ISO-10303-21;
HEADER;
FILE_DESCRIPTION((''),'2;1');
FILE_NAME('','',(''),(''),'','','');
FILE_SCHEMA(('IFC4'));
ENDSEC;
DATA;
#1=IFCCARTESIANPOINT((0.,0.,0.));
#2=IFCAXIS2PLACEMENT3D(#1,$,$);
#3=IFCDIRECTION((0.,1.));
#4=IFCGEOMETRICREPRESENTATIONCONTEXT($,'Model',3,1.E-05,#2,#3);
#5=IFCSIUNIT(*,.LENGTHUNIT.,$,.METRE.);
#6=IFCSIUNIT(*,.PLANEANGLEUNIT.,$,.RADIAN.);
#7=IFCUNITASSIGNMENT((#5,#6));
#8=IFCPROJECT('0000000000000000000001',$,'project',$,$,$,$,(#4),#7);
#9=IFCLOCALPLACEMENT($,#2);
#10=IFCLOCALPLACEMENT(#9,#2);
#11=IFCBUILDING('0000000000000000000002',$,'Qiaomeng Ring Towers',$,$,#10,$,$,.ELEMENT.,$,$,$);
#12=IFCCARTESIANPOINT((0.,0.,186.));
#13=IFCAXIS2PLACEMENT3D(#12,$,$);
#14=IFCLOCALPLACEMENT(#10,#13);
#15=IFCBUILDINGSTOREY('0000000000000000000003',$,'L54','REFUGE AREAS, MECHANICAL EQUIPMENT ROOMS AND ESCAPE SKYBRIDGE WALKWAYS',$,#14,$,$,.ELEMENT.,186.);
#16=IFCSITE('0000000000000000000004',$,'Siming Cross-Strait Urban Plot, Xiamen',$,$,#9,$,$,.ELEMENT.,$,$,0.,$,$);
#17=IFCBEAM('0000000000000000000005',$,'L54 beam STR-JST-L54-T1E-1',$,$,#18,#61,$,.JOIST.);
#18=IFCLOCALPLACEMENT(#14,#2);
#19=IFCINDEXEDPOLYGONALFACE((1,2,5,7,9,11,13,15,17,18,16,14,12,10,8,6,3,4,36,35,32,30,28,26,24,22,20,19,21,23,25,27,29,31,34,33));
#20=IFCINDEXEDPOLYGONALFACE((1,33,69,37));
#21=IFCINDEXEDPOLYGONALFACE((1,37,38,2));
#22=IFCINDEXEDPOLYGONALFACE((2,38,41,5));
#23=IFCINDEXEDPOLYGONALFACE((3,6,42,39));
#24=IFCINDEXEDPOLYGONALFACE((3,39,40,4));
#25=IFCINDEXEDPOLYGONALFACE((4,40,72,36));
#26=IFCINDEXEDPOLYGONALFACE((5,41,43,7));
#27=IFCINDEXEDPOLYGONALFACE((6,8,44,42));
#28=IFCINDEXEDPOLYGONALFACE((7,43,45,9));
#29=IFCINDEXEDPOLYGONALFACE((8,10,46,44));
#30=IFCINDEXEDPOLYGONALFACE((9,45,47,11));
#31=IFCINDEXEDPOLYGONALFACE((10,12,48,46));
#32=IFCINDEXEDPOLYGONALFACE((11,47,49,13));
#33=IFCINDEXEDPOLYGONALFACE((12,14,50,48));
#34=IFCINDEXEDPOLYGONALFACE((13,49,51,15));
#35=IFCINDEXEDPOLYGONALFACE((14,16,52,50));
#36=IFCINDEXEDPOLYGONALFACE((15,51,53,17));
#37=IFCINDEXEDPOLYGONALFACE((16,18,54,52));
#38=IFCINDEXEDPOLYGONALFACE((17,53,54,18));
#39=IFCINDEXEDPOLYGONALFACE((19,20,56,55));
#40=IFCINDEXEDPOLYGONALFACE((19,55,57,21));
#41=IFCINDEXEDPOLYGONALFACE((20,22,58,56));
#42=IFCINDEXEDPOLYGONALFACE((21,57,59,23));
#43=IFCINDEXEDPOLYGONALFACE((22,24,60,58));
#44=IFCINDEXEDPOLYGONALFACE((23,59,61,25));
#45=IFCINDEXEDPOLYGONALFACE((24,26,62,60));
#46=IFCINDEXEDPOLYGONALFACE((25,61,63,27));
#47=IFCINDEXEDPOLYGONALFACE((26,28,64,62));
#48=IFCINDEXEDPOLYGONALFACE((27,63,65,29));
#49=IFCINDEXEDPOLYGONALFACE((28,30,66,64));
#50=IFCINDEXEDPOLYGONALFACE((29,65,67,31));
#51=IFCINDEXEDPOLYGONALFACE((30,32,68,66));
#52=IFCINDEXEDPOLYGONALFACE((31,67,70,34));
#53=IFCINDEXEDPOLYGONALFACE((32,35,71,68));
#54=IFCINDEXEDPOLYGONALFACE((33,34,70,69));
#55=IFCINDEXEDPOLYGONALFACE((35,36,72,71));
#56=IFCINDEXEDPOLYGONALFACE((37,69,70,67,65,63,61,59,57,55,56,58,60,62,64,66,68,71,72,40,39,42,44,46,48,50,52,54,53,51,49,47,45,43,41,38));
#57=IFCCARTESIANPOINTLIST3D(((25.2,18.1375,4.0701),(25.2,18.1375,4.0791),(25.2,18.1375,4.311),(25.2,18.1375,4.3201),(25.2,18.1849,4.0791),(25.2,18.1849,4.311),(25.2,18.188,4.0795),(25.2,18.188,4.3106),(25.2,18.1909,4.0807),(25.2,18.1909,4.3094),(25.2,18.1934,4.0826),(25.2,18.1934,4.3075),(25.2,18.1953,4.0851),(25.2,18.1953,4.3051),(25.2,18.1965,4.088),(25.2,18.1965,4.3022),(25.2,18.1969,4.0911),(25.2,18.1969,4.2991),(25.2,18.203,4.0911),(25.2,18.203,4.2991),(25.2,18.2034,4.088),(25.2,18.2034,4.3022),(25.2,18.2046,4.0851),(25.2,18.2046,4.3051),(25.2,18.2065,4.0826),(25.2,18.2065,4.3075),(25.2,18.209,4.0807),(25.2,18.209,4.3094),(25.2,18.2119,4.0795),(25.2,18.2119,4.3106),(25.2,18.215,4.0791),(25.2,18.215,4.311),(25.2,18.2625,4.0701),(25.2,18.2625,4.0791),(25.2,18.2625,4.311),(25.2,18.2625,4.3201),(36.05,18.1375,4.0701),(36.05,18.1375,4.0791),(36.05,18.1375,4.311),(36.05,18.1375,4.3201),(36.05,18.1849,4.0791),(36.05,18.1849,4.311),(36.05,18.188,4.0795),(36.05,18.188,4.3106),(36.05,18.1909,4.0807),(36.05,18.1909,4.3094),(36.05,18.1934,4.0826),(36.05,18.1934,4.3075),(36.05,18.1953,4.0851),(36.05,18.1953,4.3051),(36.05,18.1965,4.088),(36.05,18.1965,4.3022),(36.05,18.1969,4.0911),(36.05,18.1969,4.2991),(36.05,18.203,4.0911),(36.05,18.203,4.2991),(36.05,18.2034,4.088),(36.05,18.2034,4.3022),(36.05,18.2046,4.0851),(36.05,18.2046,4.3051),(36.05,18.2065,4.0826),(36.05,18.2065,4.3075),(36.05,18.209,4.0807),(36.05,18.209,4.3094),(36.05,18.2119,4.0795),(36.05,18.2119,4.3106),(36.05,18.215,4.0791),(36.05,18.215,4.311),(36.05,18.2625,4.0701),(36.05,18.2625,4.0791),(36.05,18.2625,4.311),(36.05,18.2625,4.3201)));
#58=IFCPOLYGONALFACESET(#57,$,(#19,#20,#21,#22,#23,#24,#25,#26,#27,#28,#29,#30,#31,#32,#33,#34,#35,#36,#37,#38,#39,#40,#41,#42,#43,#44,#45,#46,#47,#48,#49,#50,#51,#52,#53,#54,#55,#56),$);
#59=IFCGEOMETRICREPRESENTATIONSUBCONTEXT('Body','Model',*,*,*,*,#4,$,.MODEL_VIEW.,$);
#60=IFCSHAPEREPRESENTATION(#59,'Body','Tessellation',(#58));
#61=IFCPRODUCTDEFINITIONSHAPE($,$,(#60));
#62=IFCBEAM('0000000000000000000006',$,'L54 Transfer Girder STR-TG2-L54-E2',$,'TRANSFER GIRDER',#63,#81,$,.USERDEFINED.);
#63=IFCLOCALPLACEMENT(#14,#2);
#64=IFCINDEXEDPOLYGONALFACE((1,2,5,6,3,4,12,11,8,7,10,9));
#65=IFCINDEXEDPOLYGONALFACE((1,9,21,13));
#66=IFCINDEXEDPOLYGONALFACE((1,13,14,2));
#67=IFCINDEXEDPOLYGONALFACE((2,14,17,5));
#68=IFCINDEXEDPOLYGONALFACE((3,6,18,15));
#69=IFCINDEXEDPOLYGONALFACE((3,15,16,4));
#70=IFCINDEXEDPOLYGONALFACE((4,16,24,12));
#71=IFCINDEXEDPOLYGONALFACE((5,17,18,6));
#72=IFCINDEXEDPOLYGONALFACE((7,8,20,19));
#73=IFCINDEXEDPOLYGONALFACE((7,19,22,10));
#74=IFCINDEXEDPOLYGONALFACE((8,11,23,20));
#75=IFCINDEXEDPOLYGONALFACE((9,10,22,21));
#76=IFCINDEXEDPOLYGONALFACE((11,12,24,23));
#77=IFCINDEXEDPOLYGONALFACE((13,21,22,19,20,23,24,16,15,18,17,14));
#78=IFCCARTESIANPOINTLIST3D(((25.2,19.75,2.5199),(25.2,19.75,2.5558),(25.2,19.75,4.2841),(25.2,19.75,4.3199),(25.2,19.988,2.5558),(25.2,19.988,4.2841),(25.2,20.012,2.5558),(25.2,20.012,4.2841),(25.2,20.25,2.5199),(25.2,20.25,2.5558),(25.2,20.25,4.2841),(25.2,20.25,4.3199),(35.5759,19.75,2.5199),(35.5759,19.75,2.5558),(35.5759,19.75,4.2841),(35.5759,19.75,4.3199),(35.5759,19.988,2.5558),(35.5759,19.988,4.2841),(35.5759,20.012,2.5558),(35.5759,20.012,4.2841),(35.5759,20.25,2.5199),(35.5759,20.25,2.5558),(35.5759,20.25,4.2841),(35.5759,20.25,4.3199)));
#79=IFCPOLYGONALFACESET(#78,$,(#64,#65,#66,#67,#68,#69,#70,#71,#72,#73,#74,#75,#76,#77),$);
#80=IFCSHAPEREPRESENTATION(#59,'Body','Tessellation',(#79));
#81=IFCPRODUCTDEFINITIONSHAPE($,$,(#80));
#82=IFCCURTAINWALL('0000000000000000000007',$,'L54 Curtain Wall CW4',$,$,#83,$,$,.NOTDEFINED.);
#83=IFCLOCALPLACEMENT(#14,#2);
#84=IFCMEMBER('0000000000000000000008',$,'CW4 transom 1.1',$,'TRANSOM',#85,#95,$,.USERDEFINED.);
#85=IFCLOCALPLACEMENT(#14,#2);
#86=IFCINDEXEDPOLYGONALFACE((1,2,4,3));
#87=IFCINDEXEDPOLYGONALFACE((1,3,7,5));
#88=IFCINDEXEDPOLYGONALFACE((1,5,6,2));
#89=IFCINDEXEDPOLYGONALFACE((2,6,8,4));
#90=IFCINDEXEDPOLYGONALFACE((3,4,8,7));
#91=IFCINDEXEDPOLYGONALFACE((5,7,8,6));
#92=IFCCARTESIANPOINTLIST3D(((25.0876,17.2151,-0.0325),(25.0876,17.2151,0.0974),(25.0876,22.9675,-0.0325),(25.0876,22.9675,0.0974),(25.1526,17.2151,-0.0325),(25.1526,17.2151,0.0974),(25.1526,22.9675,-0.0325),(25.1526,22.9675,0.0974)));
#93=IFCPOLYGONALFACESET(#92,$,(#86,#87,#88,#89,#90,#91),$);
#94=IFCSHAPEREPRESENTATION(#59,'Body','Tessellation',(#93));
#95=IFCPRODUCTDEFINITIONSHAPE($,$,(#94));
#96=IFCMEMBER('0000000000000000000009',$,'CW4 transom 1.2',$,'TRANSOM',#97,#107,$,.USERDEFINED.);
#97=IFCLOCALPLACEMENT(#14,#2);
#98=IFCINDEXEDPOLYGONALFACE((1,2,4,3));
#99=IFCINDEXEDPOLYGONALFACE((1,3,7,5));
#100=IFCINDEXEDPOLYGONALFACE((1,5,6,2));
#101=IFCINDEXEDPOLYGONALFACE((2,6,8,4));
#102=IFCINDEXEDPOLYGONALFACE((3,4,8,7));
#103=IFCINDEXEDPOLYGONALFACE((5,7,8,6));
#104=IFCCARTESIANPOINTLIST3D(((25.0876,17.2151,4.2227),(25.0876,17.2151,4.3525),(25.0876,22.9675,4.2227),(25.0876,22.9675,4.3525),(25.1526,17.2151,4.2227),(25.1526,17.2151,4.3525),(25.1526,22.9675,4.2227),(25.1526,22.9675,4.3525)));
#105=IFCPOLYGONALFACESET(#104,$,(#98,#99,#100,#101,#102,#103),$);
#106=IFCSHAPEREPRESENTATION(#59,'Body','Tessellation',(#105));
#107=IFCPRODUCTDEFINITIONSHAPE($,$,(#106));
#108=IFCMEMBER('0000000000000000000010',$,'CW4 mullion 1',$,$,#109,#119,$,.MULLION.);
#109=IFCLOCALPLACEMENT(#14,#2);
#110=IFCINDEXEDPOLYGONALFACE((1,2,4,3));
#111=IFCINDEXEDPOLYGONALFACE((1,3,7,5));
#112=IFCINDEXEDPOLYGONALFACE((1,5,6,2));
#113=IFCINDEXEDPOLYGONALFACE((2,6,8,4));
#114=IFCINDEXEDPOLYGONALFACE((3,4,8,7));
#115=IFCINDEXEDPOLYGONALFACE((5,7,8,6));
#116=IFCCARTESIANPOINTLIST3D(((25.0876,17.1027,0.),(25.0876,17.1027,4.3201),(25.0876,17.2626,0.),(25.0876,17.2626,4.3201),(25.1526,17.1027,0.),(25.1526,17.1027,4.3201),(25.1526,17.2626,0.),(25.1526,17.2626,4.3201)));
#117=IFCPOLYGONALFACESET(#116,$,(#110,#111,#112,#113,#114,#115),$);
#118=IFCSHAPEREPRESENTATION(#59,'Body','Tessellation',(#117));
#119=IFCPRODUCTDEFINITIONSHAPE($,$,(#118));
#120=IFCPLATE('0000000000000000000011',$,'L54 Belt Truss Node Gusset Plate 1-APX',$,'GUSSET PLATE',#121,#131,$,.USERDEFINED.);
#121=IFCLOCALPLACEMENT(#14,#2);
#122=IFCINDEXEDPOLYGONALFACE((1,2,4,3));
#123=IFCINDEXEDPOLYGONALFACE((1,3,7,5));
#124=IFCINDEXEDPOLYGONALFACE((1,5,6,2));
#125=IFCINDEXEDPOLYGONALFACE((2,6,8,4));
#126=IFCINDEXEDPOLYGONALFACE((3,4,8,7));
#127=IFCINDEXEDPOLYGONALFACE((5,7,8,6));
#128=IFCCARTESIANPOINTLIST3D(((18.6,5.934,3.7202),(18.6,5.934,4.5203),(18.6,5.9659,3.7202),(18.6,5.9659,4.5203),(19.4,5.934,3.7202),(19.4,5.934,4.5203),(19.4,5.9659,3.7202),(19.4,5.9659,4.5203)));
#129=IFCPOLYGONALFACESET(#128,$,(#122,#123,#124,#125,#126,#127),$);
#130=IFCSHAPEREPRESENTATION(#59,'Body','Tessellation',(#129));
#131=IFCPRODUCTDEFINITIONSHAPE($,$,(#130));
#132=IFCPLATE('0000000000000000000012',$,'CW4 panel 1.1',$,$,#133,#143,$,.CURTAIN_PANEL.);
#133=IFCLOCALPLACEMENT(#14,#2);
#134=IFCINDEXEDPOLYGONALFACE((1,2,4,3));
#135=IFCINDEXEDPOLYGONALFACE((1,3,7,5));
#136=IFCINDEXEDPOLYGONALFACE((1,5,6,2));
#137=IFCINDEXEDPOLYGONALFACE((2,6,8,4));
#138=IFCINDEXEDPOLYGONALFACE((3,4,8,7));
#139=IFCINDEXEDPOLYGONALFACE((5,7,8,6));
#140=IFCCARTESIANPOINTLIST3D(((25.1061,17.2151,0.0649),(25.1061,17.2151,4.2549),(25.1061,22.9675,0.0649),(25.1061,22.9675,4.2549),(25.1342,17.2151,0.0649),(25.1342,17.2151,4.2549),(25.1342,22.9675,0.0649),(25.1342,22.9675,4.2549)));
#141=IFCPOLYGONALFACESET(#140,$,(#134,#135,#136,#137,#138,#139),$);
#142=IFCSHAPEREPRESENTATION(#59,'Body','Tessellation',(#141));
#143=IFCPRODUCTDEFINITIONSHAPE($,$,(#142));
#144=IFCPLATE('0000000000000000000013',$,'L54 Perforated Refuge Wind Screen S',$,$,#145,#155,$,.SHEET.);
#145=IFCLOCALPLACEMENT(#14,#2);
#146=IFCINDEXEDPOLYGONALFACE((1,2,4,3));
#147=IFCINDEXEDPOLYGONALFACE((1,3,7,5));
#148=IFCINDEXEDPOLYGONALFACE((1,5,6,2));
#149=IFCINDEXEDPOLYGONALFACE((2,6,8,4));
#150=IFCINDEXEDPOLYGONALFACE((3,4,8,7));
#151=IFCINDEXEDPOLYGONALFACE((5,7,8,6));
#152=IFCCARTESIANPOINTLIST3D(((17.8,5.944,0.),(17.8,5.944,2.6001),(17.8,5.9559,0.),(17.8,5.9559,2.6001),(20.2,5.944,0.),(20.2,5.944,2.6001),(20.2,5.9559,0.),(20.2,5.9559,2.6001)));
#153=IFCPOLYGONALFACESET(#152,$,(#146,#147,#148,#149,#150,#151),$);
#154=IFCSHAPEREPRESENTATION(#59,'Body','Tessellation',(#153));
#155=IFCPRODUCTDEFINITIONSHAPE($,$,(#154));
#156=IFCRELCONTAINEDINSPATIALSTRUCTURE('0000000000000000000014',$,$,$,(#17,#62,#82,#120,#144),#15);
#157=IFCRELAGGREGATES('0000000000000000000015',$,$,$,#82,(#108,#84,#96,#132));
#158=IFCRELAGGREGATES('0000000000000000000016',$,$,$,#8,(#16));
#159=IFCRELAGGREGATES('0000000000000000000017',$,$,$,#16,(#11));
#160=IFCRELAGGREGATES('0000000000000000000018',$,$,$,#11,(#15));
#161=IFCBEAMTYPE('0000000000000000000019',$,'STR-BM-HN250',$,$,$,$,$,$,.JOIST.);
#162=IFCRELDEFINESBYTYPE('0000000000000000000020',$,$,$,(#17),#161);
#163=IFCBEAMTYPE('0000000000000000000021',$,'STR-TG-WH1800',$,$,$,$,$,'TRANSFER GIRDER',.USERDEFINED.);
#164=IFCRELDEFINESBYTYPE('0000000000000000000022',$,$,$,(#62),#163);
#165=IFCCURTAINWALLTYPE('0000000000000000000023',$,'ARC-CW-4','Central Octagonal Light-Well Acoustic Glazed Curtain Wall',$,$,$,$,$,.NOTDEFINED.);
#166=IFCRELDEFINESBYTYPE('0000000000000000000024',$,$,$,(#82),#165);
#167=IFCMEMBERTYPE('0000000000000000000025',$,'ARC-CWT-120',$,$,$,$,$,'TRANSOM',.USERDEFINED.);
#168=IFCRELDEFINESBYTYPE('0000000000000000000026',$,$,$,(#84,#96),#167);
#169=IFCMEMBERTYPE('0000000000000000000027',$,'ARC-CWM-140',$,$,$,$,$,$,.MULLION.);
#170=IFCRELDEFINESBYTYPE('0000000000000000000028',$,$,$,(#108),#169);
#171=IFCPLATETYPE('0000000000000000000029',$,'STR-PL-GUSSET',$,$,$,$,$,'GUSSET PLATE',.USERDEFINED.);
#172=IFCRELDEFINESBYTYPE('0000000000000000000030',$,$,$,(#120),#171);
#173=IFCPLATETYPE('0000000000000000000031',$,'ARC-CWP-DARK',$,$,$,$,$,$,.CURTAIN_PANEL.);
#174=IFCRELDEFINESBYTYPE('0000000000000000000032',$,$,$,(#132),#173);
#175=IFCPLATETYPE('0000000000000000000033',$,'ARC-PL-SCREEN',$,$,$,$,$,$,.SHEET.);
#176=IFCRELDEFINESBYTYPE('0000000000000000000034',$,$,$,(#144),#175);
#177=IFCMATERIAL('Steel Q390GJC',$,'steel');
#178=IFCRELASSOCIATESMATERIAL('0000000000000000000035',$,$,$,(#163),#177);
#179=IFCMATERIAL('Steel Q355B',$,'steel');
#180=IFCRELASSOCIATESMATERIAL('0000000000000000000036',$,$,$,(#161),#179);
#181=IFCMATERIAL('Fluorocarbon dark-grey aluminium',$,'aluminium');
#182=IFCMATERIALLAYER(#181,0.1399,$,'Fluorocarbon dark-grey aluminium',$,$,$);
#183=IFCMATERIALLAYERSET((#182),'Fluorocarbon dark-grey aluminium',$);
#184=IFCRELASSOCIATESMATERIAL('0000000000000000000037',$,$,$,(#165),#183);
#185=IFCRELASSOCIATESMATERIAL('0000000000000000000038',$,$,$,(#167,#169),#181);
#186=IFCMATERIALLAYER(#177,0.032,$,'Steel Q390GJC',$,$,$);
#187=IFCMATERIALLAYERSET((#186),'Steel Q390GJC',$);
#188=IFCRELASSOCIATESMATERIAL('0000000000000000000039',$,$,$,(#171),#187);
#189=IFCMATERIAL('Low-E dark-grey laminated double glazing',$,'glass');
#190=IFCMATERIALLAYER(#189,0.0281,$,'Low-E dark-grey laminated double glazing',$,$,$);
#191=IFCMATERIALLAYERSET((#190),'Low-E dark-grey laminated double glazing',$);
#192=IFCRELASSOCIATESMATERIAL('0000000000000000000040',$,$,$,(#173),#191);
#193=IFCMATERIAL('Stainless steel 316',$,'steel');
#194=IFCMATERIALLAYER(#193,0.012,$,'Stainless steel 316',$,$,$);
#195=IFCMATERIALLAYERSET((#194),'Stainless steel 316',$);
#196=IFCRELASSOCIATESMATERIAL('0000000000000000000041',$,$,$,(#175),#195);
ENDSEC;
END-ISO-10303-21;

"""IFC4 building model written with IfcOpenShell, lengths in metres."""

from ifc_helpers import new_model, si_unit, direction, frame, origin, origin_2d, place, context, subcontext, project, spatial, rectangle, i_section, extrude, source, transform, mapped, material, layer, layer_set, material_profile, profile_set, type_object, element, aggregate, save


model = new_model("IFC4")

# Units and contexts
model_context = context("Model", 3, precision=1e-05, world=origin(), true_north=direction((0.0, 1.0)))
body_context = subcontext(model_context, "Body", "Model", "MODEL_VIEW")
ifc_project = project(units=[si_unit("LENGTHUNIT", "METRE"), si_unit("PLANEANGLEUNIT", "RADIAN")], contexts=[model_context])

# Site, building, storey
site_placement = place(None, origin())
site = spatial("IfcSite", under=ifc_project, at=site_placement, Name="Siming Cross-Strait Urban Plot, Xiamen", CompositionType="ELEMENT", RefElevation=0.0)
building_placement = place(site_placement, origin())
building = spatial("IfcBuilding", under=site, at=building_placement, Name="Qiaomeng Ring Towers", CompositionType="ELEMENT")
storey_placement = place(building_placement, frame((0.0, 0.0, 186.0)))
storey = spatial("IfcBuildingStorey", under=building, at=storey_placement, Name="L54", Description="REFUGE AREAS, MECHANICAL EQUIPMENT ROOMS AND ESCAPE SKYBRIDGE WALKWAYS", CompositionType="ELEMENT", Elevation=186.0)

# Shared definitions
ifc_material_1 = material(Name="Steel Q390GJC", Category="steel")

# Beams
ifc_material_profile_1 = material_profile(ifc_material_1, i_section(OverallWidth=0.5, OverallDepth=1.8, WebThickness=0.0239, FlangeThickness=0.0359, at=origin_2d()), Name="WH 1800x500x24x36")
ifc_profile_set_1 = profile_set([ifc_material_profile_1], Name="Steel Q390GJC")
beam_type_1 = type_object("IfcBeamType", Name="STR-TG-WH1800", ElementType="TRANSFER GIRDER", PredefinedType="USERDEFINED", material=ifc_profile_set_1)
ifc_material_2 = material(Name="Steel Q355B", Category="steel")
ifc_material_profile_2 = material_profile(ifc_material_2, i_section(OverallWidth=0.125, OverallDepth=0.25, WebThickness=0.0061, FlangeThickness=0.009, FilletRadius=0.012, at=origin_2d()), Name="HN 250x125x6x9")
ifc_profile_set_2 = profile_set([ifc_material_profile_2], Name="Steel Q355B")
beam_type_2 = type_object("IfcBeamType", Name="STR-BM-HN250", PredefinedType="JOIST", material=ifc_profile_set_2)
shared_shape_1 = source(origin(), body_context, "Body", "SweptSolid", [
    extrude(i_section(OverallWidth=0.125, OverallDepth=0.25, WebThickness=0.0061, FlangeThickness=0.009, FilletRadius=0.012, at=origin_2d()), origin(), (0.0, 0.0, 1.0), 10.8501),
])
beam_1_placement = place(storey_placement, frame((25.2, 18.2, 4.1951), z_axis=(1.0, 0.0, 0.0), x_axis=(0.0, 1.0, 0.0)))
element("IfcBeam", 1, at=beam_1_placement, inside=storey, type_object=beam_type_2, Name="L54 beam STR-JST-L54-T1E-1", PredefinedType="JOIST", context=body_context, shape_type="MappedRepresentation", body=[
    mapped(shared_shape_1, transform((0.0, 0.0, 0.0), x_axis=(1.0, 0.0, 0.0), y_axis=(0.0, 1.0, 0.0), z_axis=(0.0, 0.0, 1.0), scale=1.0)),
])
shared_shape_2 = source(origin(), body_context, "Body", "SweptSolid", [
    extrude(i_section(OverallWidth=0.5, OverallDepth=1.8, WebThickness=0.0239, FlangeThickness=0.0359, at=origin_2d()), origin(), (0.0, 0.0, 1.0), 10.376),
])
beam_2_placement = place(storey_placement, frame((25.2, 20.0, 3.4199), z_axis=(1.0, 0.0, 0.0), x_axis=(0.0, 1.0, 0.0)))
element("IfcBeam", 2, at=beam_2_placement, inside=storey, type_object=beam_type_1, Name="L54 Transfer Girder STR-TG2-L54-E2", ObjectType="TRANSFER GIRDER", PredefinedType="USERDEFINED", context=body_context, shape_type="MappedRepresentation", body=[
    mapped(shared_shape_2, transform((0.0, 0.0, 0.0), x_axis=(1.0, 0.0, 0.0), y_axis=(0.0, 1.0, 0.0), z_axis=(0.0, 0.0, 1.0), scale=1.0)),
])

# Curtain wall, members
ifc_material_3 = material(Name="Fluorocarbon dark-grey aluminium", Category="aluminium")
ifc_layer_1 = layer(ifc_material_3, 0.1399, Name="Fluorocarbon dark-grey aluminium")
ifc_layer_set_1 = layer_set([ifc_layer_1], Name="Fluorocarbon dark-grey aluminium")
curtain_wall_type = type_object("IfcCurtainWallType", Name="ARC-CW-4", Description="Central Octagonal Light-Well Acoustic Glazed Curtain Wall", PredefinedType="NOTDEFINED", material=ifc_layer_set_1)
curtain_wall_placement = place(storey_placement, origin())
curtain_wall = element("IfcCurtainWall", 3, at=curtain_wall_placement, inside=storey, type_object=curtain_wall_type, Name="L54 Curtain Wall CW4", PredefinedType="NOTDEFINED")
ifc_material_profile_3 = material_profile(ifc_material_3, rectangle(XDim=0.0649, YDim=0.1299, at=origin_2d()), Name="ALU TRAN 65x130")
ifc_profile_set_3 = profile_set([ifc_material_profile_3], Name="Fluorocarbon dark-grey aluminium")
member_type_1 = type_object("IfcMemberType", Name="ARC-CWT-120", ElementType="TRANSOM", PredefinedType="USERDEFINED", material=ifc_profile_set_3)
shared_shape_3 = source(origin(), body_context, "Body", "SweptSolid", [
    extrude(rectangle(XDim=0.0649, YDim=0.1299, at=origin_2d()), origin(), (0.0, 0.0, 1.0), 5.7524),
])
member_1_placement = place(storey_placement, frame((25.1201, 17.2151, 0.0325), z_axis=(0.0, 1.0, 0.0), x_axis=(-1.0, 0.0, 0.0)))
member_1 = element("IfcMember", 4, at=member_1_placement, type_object=member_type_1, Name="CW4 transom 1.1", ObjectType="TRANSOM", PredefinedType="USERDEFINED", context=body_context, shape_type="MappedRepresentation", body=[
    mapped(shared_shape_3, transform((0.0, 0.0, 0.0), x_axis=(1.0, 0.0, 0.0), y_axis=(0.0, 1.0, 0.0), z_axis=(0.0, 0.0, 1.0), scale=1.0)),
])
member_2_placement = place(storey_placement, frame((25.1201, 17.2151, 4.2876), z_axis=(0.0, 1.0, 0.0), x_axis=(-1.0, 0.0, 0.0)))
member_2 = element("IfcMember", 5, at=member_2_placement, type_object=member_type_1, Name="CW4 transom 1.2", ObjectType="TRANSOM", PredefinedType="USERDEFINED", context=body_context, shape_type="MappedRepresentation", body=[
    mapped(shared_shape_3, transform((0.0, 0.0, 0.0), x_axis=(1.0, 0.0, 0.0), y_axis=(0.0, 1.0, 0.0), z_axis=(0.0, 0.0, 1.0), scale=1.0)),
])
ifc_material_profile_4 = material_profile(ifc_material_3, rectangle(XDim=0.0649, YDim=0.1599, at=origin_2d()), Name="ALU MULL 65x160")
ifc_profile_set_4 = profile_set([ifc_material_profile_4], Name="Fluorocarbon dark-grey aluminium")
member_type_2 = type_object("IfcMemberType", Name="ARC-CWM-140", PredefinedType="MULLION", material=ifc_profile_set_4)
shared_shape_4 = source(origin(), body_context, "Body", "SweptSolid", [
    extrude(rectangle(XDim=0.0649, YDim=0.1599, at=origin_2d()), origin(), (0.0, 0.0, 1.0), 4.3201),
])
member_3_placement = place(storey_placement, frame((25.1201, 17.1826, 0.0), z_axis=(0.0, 0.0, 1.0), x_axis=(-1.0, 0.0, 0.0)))
member_3 = element("IfcMember", 6, at=member_3_placement, type_object=member_type_2, Name="CW4 mullion 1", PredefinedType="MULLION", context=body_context, shape_type="MappedRepresentation", body=[
    mapped(shared_shape_4, transform((0.0, 0.0, 0.0), x_axis=(1.0, 0.0, 0.0), y_axis=(0.0, 1.0, 0.0), z_axis=(0.0, 0.0, 1.0), scale=1.0)),
])

# Plates
ifc_layer_2 = layer(ifc_material_1, 0.032, Name="Steel Q390GJC")
ifc_layer_set_2 = layer_set([ifc_layer_2], Name="Steel Q390GJC")
plate_type_1 = type_object("IfcPlateType", Name="STR-PL-GUSSET", ElementType="GUSSET PLATE", PredefinedType="USERDEFINED", material=ifc_layer_set_2)
shared_shape_5 = source(origin(), body_context, "Body", "SweptSolid", [
    extrude(rectangle(XDim=0.8, YDim=0.032, at=origin_2d()), origin(), (0.0, 0.0, 1.0), 0.8),
])
plate_1_placement = place(storey_placement, frame((19.0, 5.95, 3.7202), z_axis=(0.0, 0.0, 1.0), x_axis=(1.0, 0.0, 0.0)))
element("IfcPlate", 7, at=plate_1_placement, inside=storey, type_object=plate_type_1, Name="L54 Belt Truss Node Gusset Plate 1-APX", ObjectType="GUSSET PLATE", PredefinedType="USERDEFINED", context=body_context, shape_type="MappedRepresentation", body=[
    mapped(shared_shape_5, transform((0.0, 0.0, 0.0), x_axis=(1.0, 0.0, 0.0), y_axis=(0.0, 1.0, 0.0), z_axis=(0.0, 0.0, 1.0), scale=1.0)),
])
ifc_material_4 = material(Name="Low-E dark-grey laminated double glazing", Category="glass")
ifc_layer_3 = layer(ifc_material_4, 0.0281, Name="Low-E dark-grey laminated double glazing")
ifc_layer_set_3 = layer_set([ifc_layer_3], Name="Low-E dark-grey laminated double glazing")
plate_type_2 = type_object("IfcPlateType", Name="ARC-CWP-DARK", PredefinedType="CURTAIN_PANEL", material=ifc_layer_set_3)
shared_shape_6 = source(origin(), body_context, "Body", "SweptSolid", [
    extrude(rectangle(XDim=5.7524, YDim=0.0281, at=origin_2d()), origin(), (0.0, 0.0, 1.0), 4.1899),
])
plate_2_placement = place(storey_placement, frame((25.1201, 20.0913, 0.0649), z_axis=(0.0, 0.0, 1.0), x_axis=(0.0, 1.0, 0.0)))
plate_2 = element("IfcPlate", 8, at=plate_2_placement, type_object=plate_type_2, Name="CW4 panel 1.1", PredefinedType="CURTAIN_PANEL", context=body_context, shape_type="MappedRepresentation", body=[
    mapped(shared_shape_6, transform((0.0, 0.0, 0.0), x_axis=(1.0, 0.0, 0.0), y_axis=(0.0, 1.0, 0.0), z_axis=(0.0, 0.0, 1.0), scale=1.0)),
])
aggregate(curtain_wall, [member_3, member_1, member_2, plate_2])
ifc_material_5 = material(Name="Stainless steel 316", Category="steel")
ifc_layer_4 = layer(ifc_material_5, 0.012, Name="Stainless steel 316")
ifc_layer_set_4 = layer_set([ifc_layer_4], Name="Stainless steel 316")
plate_type_3 = type_object("IfcPlateType", Name="ARC-PL-SCREEN", PredefinedType="SHEET", material=ifc_layer_set_4)
shared_shape_7 = source(origin(), body_context, "Body", "SweptSolid", [
    extrude(rectangle(XDim=2.3999, YDim=0.012, at=origin_2d()), origin(), (0.0, 0.0, 1.0), 2.6001),
])
plate_3_placement = place(storey_placement, frame((19.0, 5.95, 0.0), z_axis=(0.0, 0.0, 1.0), x_axis=(1.0, 0.0, 0.0)))
element("IfcPlate", 9, at=plate_3_placement, inside=storey, type_object=plate_type_3, Name="L54 Perforated Refuge Wind Screen S", PredefinedType="SHEET", context=body_context, shape_type="MappedRepresentation", body=[
    mapped(shared_shape_7, transform((0.0, 0.0, 0.0), x_axis=(1.0, 0.0, 0.0), y_axis=(0.0, 1.0, 0.0), z_axis=(0.0, 0.0, 1.0), scale=1.0)),
])

save(model, "model.ifc")
